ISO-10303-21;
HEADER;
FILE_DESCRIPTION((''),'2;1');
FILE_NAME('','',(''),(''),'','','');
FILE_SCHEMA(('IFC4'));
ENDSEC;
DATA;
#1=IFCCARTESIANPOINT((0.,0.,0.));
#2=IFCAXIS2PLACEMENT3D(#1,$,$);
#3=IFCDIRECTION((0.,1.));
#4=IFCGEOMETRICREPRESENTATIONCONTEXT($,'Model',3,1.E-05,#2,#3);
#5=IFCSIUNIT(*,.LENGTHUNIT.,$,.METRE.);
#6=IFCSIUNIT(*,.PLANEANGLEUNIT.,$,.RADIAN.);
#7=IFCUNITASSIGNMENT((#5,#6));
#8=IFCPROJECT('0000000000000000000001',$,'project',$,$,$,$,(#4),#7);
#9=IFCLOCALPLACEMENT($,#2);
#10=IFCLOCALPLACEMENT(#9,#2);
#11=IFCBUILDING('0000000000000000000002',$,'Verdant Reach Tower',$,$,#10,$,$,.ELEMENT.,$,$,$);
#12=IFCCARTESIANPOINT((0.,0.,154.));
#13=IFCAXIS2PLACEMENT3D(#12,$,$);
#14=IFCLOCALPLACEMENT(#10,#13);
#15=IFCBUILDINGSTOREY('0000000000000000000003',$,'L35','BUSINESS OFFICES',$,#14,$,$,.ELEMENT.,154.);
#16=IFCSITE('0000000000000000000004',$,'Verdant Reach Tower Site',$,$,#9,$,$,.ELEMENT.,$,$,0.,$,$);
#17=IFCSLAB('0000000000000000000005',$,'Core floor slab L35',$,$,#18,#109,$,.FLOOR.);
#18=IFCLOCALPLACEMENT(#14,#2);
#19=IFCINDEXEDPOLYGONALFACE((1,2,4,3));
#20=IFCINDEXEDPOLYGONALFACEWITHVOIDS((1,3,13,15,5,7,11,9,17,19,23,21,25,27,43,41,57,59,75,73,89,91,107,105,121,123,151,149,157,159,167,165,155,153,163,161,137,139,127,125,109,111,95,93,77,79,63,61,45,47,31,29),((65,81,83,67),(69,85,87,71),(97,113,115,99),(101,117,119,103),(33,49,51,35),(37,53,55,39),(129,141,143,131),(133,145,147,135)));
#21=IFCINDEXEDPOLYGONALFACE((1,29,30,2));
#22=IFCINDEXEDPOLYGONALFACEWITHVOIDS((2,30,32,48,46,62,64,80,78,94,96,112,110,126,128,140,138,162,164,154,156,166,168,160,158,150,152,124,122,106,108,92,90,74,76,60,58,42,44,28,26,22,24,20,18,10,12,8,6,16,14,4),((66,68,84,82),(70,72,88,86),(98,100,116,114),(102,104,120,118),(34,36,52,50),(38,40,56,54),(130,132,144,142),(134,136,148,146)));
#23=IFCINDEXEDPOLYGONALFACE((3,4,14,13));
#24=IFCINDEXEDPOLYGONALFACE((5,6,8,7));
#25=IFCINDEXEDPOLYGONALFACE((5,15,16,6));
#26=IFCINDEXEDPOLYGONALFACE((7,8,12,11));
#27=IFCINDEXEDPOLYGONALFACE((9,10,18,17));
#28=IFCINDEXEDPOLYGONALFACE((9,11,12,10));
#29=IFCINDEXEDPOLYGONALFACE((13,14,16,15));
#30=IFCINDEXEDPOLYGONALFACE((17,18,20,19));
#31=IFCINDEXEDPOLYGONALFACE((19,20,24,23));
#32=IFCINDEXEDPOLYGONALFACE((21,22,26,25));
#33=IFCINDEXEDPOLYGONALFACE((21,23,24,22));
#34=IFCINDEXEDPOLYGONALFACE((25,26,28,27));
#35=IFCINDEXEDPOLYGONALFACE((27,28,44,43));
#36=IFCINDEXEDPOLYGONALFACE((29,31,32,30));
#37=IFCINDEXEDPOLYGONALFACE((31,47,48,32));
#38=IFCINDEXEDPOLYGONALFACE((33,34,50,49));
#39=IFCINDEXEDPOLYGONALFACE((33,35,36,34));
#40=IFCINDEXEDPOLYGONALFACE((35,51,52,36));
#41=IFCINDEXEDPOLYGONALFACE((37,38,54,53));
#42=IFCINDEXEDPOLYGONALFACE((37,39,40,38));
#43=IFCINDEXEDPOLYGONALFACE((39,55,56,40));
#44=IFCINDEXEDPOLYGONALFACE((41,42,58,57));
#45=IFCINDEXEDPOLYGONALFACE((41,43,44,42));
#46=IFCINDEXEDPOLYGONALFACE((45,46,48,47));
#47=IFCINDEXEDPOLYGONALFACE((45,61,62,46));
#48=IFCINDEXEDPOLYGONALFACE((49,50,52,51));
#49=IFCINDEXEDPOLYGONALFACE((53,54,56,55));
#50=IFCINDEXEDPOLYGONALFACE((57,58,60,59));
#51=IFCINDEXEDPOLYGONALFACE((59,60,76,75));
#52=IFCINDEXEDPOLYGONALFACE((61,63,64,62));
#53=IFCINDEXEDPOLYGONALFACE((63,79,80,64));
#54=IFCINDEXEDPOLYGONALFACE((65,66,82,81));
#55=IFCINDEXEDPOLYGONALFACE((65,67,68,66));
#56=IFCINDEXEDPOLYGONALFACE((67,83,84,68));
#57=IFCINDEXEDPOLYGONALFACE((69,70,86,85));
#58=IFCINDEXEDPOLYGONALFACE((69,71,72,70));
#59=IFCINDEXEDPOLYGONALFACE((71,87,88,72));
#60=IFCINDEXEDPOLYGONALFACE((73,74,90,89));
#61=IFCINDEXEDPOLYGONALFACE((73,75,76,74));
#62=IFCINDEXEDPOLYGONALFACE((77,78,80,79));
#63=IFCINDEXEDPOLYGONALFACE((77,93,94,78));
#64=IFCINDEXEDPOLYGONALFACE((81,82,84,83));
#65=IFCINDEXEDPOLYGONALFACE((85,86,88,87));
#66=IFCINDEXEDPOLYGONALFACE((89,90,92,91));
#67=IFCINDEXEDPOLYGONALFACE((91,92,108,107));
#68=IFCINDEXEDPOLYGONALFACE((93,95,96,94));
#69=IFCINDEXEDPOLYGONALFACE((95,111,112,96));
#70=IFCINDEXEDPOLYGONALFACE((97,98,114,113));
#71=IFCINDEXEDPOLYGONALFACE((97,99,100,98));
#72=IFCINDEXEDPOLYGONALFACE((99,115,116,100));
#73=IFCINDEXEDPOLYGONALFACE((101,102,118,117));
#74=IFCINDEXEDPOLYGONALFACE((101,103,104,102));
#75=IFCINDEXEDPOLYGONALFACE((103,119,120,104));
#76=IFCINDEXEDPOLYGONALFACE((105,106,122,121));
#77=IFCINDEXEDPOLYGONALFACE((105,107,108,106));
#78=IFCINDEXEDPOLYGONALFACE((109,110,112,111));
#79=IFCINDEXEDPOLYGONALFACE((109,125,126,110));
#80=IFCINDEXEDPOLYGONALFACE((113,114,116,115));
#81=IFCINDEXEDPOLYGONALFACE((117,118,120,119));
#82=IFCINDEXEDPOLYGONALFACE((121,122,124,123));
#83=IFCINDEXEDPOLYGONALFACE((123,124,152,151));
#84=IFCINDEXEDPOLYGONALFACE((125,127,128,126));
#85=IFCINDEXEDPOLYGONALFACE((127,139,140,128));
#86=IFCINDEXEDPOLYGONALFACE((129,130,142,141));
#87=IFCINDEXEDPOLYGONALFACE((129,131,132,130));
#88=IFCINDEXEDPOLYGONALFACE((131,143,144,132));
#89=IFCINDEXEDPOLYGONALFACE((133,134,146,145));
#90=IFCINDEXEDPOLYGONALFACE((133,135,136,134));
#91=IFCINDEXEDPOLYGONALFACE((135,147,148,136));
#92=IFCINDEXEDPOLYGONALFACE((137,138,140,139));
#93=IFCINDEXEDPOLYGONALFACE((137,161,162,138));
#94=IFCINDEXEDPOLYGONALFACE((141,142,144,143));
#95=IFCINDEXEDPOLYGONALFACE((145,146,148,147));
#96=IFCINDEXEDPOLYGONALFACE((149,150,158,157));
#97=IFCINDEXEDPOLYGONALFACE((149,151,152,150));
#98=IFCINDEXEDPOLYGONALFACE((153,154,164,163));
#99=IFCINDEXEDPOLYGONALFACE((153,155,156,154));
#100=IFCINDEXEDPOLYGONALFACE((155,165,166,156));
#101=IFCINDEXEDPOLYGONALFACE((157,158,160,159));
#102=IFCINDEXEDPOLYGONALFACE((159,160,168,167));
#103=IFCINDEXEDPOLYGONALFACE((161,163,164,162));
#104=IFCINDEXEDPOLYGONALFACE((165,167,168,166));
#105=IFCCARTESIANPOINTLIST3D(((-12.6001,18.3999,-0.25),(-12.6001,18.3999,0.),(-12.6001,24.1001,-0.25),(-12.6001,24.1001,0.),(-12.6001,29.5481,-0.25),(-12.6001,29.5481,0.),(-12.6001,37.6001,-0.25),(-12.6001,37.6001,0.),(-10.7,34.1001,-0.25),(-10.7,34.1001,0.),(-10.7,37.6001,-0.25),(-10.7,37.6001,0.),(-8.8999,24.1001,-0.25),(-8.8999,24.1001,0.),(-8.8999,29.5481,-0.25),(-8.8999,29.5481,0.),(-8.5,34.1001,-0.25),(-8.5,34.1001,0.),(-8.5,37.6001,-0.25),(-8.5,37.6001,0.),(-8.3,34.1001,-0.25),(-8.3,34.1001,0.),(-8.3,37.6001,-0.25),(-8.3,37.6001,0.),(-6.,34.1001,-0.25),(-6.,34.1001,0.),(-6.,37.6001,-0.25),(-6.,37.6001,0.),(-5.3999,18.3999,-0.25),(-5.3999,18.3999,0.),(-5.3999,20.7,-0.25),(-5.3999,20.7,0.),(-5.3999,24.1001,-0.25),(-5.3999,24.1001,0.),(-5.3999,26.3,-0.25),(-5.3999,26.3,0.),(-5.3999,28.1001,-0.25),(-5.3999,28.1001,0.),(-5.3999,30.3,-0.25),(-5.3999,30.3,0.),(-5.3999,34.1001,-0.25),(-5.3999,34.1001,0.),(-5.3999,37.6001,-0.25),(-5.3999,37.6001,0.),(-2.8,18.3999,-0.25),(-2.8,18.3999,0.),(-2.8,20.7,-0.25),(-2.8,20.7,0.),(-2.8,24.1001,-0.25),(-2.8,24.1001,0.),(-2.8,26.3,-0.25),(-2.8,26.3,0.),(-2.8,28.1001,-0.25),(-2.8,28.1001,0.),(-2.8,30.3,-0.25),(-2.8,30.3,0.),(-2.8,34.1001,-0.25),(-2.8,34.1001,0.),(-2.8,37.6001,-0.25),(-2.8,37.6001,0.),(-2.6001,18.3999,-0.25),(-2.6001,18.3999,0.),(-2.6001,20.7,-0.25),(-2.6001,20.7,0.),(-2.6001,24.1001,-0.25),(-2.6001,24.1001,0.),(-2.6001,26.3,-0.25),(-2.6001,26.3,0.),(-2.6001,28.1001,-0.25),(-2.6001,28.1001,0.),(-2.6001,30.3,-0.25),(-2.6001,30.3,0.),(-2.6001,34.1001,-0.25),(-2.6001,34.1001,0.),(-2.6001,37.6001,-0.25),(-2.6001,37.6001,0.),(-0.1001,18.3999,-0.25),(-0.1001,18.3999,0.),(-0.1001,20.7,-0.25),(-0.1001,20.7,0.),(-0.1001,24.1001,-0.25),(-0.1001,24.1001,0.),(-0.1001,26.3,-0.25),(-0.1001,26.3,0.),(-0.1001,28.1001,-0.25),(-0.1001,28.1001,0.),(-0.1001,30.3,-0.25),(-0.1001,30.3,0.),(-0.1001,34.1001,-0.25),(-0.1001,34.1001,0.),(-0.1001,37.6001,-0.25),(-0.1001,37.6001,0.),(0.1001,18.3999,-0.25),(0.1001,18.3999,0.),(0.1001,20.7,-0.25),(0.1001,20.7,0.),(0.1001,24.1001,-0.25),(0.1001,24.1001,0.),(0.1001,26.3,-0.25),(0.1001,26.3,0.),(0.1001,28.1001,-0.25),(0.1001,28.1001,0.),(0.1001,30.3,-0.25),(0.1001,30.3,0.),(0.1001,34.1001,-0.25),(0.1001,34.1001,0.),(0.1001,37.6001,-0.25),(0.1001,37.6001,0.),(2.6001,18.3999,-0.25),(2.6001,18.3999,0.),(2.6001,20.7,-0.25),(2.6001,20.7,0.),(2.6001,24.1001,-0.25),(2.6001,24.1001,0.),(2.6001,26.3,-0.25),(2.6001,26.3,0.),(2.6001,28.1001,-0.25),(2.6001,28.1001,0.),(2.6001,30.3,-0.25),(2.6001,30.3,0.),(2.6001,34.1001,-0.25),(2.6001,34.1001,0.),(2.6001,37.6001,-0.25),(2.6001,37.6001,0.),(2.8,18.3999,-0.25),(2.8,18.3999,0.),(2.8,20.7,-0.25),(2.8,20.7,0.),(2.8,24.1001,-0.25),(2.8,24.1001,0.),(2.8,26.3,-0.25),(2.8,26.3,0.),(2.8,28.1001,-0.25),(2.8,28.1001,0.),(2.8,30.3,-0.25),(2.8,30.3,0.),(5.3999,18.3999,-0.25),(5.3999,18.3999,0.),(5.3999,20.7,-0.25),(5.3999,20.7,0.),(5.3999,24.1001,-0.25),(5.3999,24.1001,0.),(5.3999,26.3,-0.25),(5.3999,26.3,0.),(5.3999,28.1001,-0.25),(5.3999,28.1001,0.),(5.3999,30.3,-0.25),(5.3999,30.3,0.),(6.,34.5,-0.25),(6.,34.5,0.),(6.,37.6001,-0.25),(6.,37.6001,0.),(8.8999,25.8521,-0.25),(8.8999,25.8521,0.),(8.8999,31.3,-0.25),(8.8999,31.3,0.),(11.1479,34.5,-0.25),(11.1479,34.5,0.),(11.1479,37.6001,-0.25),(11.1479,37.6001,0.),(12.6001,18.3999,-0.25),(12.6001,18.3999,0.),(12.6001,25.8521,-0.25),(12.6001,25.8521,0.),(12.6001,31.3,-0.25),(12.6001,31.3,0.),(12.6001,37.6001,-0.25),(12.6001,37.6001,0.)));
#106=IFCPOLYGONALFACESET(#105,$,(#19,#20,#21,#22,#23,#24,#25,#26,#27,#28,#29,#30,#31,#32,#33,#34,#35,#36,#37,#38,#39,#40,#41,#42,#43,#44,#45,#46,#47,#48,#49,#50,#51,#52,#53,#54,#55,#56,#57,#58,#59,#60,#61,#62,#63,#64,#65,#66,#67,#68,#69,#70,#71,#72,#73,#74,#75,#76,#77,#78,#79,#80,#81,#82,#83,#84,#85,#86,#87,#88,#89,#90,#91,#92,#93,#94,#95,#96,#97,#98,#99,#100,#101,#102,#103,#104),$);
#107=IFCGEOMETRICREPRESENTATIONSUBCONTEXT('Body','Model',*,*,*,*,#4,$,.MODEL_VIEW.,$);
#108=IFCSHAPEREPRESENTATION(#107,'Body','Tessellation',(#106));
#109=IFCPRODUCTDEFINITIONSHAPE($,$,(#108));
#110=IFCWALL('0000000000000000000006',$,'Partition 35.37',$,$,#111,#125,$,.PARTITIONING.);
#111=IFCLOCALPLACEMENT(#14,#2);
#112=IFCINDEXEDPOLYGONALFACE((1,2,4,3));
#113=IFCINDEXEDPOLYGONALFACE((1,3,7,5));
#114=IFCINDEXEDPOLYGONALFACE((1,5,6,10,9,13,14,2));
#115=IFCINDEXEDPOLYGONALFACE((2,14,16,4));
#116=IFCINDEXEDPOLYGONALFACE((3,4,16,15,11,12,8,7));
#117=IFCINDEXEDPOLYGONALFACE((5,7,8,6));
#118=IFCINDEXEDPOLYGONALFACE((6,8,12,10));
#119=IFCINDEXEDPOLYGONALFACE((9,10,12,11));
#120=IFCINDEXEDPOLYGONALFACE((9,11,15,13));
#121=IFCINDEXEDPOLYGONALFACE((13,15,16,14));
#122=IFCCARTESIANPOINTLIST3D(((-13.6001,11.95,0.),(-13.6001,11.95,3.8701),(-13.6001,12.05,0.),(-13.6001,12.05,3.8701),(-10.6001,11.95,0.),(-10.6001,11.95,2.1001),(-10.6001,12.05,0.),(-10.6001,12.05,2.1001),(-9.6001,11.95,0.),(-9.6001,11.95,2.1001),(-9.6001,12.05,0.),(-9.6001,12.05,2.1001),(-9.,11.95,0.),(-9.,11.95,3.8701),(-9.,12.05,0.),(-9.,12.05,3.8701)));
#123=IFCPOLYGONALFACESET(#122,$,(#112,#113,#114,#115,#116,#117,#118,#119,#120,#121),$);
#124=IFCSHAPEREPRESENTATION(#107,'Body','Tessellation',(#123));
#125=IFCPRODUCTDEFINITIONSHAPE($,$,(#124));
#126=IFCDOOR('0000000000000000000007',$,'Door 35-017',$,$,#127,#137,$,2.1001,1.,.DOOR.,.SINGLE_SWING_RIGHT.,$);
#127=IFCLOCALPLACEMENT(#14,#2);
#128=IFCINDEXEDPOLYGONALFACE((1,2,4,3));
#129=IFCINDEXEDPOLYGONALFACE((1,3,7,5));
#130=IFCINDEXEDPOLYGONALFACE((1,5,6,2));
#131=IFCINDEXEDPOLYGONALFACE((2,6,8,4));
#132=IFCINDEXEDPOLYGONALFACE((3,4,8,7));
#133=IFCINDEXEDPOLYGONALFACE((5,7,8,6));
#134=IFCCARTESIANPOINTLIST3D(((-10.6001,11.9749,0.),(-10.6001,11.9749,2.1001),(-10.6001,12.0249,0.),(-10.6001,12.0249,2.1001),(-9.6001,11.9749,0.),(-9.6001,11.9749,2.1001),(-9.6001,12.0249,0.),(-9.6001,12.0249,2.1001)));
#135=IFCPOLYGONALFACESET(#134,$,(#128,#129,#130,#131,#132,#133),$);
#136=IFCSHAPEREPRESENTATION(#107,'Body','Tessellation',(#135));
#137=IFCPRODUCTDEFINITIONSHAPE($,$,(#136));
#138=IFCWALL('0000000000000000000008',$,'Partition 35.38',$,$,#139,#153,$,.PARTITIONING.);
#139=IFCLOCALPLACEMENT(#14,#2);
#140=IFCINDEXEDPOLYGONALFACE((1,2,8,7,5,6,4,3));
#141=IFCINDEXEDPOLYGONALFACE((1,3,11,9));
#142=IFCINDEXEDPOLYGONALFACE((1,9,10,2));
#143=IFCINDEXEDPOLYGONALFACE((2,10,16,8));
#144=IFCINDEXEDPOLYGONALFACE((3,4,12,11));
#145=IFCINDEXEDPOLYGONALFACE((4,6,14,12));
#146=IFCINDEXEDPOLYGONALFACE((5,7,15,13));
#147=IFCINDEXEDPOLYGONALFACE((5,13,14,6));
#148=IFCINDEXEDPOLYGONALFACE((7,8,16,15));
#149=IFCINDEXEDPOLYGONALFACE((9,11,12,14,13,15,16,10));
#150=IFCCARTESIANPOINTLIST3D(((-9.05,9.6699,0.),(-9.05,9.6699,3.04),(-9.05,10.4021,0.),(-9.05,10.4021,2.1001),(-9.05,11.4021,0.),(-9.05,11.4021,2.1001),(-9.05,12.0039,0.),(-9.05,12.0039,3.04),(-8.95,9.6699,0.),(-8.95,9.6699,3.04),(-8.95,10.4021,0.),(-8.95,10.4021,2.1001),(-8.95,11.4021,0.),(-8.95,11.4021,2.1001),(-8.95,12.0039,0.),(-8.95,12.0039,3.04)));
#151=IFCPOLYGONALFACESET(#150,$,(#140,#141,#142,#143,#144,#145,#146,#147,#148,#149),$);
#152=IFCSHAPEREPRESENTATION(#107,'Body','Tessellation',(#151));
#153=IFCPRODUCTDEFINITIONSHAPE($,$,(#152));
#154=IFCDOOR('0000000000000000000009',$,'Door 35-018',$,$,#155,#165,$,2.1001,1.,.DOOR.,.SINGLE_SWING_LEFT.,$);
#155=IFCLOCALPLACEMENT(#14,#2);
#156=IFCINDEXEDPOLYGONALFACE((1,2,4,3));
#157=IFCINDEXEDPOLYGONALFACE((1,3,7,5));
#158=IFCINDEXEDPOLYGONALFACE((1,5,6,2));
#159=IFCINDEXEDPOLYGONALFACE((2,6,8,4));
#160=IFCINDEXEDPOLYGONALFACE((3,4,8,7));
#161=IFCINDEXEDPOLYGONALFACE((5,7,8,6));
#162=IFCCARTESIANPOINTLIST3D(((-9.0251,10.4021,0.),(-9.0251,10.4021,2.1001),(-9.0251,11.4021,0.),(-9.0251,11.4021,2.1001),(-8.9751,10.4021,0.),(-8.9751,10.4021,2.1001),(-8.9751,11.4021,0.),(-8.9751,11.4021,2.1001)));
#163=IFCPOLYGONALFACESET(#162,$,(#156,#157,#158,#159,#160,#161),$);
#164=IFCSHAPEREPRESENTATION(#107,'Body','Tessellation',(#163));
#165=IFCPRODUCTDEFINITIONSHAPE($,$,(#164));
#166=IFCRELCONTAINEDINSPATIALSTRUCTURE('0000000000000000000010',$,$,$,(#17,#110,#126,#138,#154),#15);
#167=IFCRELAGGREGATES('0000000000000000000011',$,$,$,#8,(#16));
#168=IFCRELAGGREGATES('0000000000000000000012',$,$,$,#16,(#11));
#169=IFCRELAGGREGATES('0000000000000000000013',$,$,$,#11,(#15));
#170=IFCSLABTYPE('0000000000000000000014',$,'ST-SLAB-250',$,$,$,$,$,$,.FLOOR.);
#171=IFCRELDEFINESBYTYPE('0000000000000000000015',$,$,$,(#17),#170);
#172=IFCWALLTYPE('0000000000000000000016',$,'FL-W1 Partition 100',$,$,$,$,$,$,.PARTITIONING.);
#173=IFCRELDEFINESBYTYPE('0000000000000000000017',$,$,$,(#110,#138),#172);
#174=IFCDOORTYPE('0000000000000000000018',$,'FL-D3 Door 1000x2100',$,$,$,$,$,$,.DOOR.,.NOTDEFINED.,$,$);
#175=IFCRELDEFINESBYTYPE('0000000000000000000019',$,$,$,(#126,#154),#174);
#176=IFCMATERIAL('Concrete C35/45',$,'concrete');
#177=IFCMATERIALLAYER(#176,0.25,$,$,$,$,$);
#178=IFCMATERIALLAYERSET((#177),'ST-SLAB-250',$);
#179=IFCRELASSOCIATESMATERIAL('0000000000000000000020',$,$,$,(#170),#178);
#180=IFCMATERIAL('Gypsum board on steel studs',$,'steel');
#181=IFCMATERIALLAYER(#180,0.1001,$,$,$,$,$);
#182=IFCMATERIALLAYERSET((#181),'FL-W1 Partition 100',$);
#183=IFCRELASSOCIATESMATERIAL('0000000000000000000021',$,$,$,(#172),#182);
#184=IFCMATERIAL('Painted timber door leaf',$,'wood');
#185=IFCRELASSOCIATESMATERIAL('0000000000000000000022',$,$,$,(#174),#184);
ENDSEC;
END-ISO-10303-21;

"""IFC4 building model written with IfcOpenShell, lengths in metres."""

from ifc_helpers import new_model, si_unit, direction, frame, frame_2d, origin, place, context, subcontext, project, spatial, polyline, rectangle, outline, extrude, material, layer, layer_set, type_object, element, fill, save


model = new_model("IFC4")

# Units and contexts
model_context = context("Model", 3, precision=1e-05, world=origin(), true_north=direction((0.0, 1.0)))
body_context = subcontext(model_context, "Body", "Model", "MODEL_VIEW")
ifc_project = project(units=[si_unit("LENGTHUNIT", "METRE"), si_unit("PLANEANGLEUNIT", "RADIAN")], contexts=[model_context])

# Site, building, storey
site_placement = place(None, origin())
site = spatial("IfcSite", under=ifc_project, at=site_placement, Name="Verdant Reach Tower Site", CompositionType="ELEMENT", RefElevation=0.0)
building_placement = place(site_placement, origin())
building = spatial("IfcBuilding", under=site, at=building_placement, Name="Verdant Reach Tower", CompositionType="ELEMENT")
storey_placement = place(building_placement, frame((0.0, 0.0, 154.0)))
storey = spatial("IfcBuildingStorey", under=building, at=storey_placement, Name="L35", Description="BUSINESS OFFICES", CompositionType="ELEMENT", Elevation=154.0)

# Slab
ifc_material_1 = material(Name="Concrete C35/45", Category="concrete")
ifc_layer_1 = layer(ifc_material_1, 0.25)
ifc_layer_set_1 = layer_set([ifc_layer_1], Name="ST-SLAB-250")
slab_type_1 = type_object("IfcSlabType", Name="ST-SLAB-250", PredefinedType="FLOOR", material=ifc_layer_set_1)
slab_1_placement = place(storey_placement, frame((0.0, 0.0, -0.25)))
element("IfcSlab", 1, at=slab_1_placement, inside=storey, type_object=slab_type_1, Name="Core floor slab L35", PredefinedType="FLOOR", context=body_context, shape_type="SweptSolid", body=[
    extrude(outline(polyline([(12.6001, 18.3999), (5.3999, 18.3999), (5.3999, 20.7), (2.8, 20.7), (2.8, 18.3999), (2.6001, 18.3999), (2.6001, 20.7), (0.1001, 20.7), (0.1001, 18.3999), (-0.1001, 18.3999), (-0.1001, 20.7), (-2.6001, 20.7), (-2.6001, 18.3999), (-2.8, 18.3999), (-2.8, 20.7), (-5.3999, 20.7), (-5.3999, 18.3999), (-12.6001, 18.3999), (-12.6001, 24.1001), (-8.8999, 24.1001), (-8.8999, 29.5481), (-12.6001, 29.5481), (-12.6001, 37.6001), (-10.7, 37.6001), (-10.7, 34.1001), (-8.5, 34.1001), (-8.5, 37.6001), (-8.3, 37.6001), (-8.3, 34.1001), (-6.0, 34.1001), (-6.0, 37.6001), (-5.3999, 37.6001), (-5.3999, 34.1001), (-2.8, 34.1001), (-2.8, 37.6001), (-2.6001, 37.6001), (-2.6001, 34.1001), (-0.1001, 34.1001), (-0.1001, 37.6001), (0.1001, 37.6001), (0.1001, 34.1001), (2.6001, 34.1001), (2.6001, 37.6001), (6.0, 37.6001), (6.0, 34.5), (11.1479, 34.5), (11.1479, 37.6001), (12.6001, 37.6001), (12.6001, 31.3), (8.8999, 31.3), (8.8999, 25.8521), (12.6001, 25.8521), (12.6001, 18.3999)]), holes=[polyline([(-2.8, 24.1001), (-2.8, 26.3), (-5.3999, 26.3), (-5.3999, 24.1001), (-2.8, 24.1001)]), polyline([(-2.6001, 24.1001), (-0.1001, 24.1001), (-0.1001, 26.3), (-2.6001, 26.3), (-2.6001, 24.1001)]), polyline([(-2.8, 28.1001), (-2.8, 30.3), (-5.3999, 30.3), (-5.3999, 28.1001), (-2.8, 28.1001)]), polyline([(-0.1001, 28.1001), (-0.1001, 30.3), (-2.6001, 30.3), (-2.6001, 28.1001), (-0.1001, 28.1001)]), polyline([(2.6001, 24.1001), (2.6001, 26.3), (0.1001, 26.3), (0.1001, 24.1001), (2.6001, 24.1001)]), polyline([(2.8, 24.1001), (5.3999, 24.1001), (5.3999, 26.3), (2.8, 26.3), (2.8, 24.1001)]), polyline([(2.6001, 28.1001), (2.6001, 30.3), (0.1001, 30.3), (0.1001, 28.1001), (2.6001, 28.1001)]), polyline([(5.3999, 28.1001), (5.3999, 30.3), (2.8, 30.3), (2.8, 28.1001), (5.3999, 28.1001)])]), origin(), (0.0, 0.0, 1.0), 0.25),
])

# Walls, openings, doors
ifc_material_2 = material(Name="Gypsum board on steel studs", Category="steel")
ifc_layer_2 = layer(ifc_material_2, 0.1001)
ifc_layer_set_2 = layer_set([ifc_layer_2], Name="FL-W1 Partition 100")
wall_type_1 = type_object("IfcWallType", Name="FL-W1 Partition 100", PredefinedType="PARTITIONING", material=ifc_layer_set_2)
wall_1_placement = place(storey_placement, frame((-13.6001, 12.0, 0.0), z_axis=(0.0, 0.0, 1.0), x_axis=(1.0, 0.0, 0.0)))
wall_1 = element("IfcWall", 2, at=wall_1_placement, inside=storey, type_object=wall_type_1, Name="Partition 35.37", PredefinedType="PARTITIONING", context=body_context, shape_type="SweptSolid", body=[
    extrude(rectangle(XDim=4.6001, YDim=0.1001, at=frame_2d((2.3, 0.0))), origin(), (0.0, 0.0, 1.0), 3.8701),
])
opening_1_placement = place(wall_1_placement, frame((3.0, 0.0, 0.0)))
opening_1 = element("IfcOpeningElement", 3, at=opening_1_placement, cuts=wall_1, PredefinedType="OPENING", context=body_context, shape_type="SweptSolid", body=[
    extrude(rectangle(XDim=1.0, YDim=2.1001, at=frame_2d((0.5, 1.05))), frame((0.0, 0.0601, 0.0), z_axis=(0.0, -1.0, 0.0), x_axis=(1.0, 0.0, 0.0)), (0.0, 0.0, 1.0), 0.1201),
])
ifc_material_3 = material(Name="Painted timber door leaf", Category="wood")
door_type = type_object("IfcDoorType", Name="FL-D3 Door 1000x2100", OperationType="NOTDEFINED", PredefinedType="DOOR", material=ifc_material_3)
door_1_placement = place(opening_1_placement, origin())
door_1 = element("IfcDoor", 4, at=door_1_placement, inside=storey, type_object=door_type, Name="Door 35-017", OperationType="SINGLE_SWING_RIGHT", OverallHeight=2.1001, OverallWidth=1.0, PredefinedType="DOOR", context=body_context, shape_type="SweptSolid", body=[
    extrude(rectangle(XDim=1.0, YDim=2.1001, at=frame_2d((0.5, 1.05))), frame((0.0, 0.0249, 0.0), z_axis=(0.0, -1.0, 0.0), x_axis=(1.0, 0.0, 0.0)), (0.0, 0.0, 1.0), 0.05),
])
fill(opening_1, door_1)
wall_2_placement = place(storey_placement, frame((-9.0, 12.0039, 0.0), z_axis=(0.0, 0.0, 1.0), x_axis=(0.0, -1.0, 0.0)))
wall_2 = element("IfcWall", 5, at=wall_2_placement, inside=storey, type_object=wall_type_1, Name="Partition 35.38", PredefinedType="PARTITIONING", context=body_context, shape_type="SweptSolid", body=[
    extrude(rectangle(XDim=2.334, YDim=0.1001, at=frame_2d((1.167, 0.0))), origin(), (0.0, 0.0, 1.0), 3.04),
])
opening_2_placement = place(wall_2_placement, frame((0.6018, 0.0, 0.0)))
opening_2 = element("IfcOpeningElement", 6, at=opening_2_placement, cuts=wall_2, PredefinedType="OPENING", context=body_context, shape_type="SweptSolid", body=[
    extrude(rectangle(XDim=1.0, YDim=2.1001, at=frame_2d((0.5, 1.05))), frame((0.0, 0.0601, 0.0), z_axis=(0.0, -1.0, 0.0), x_axis=(1.0, 0.0, 0.0)), (0.0, 0.0, 1.0), 0.1201),
])
door_2_placement = place(opening_2_placement, origin())
door_2 = element("IfcDoor", 7, at=door_2_placement, inside=storey, type_object=door_type, Name="Door 35-018", OperationType="SINGLE_SWING_LEFT", OverallHeight=2.1001, OverallWidth=1.0, PredefinedType="DOOR", context=body_context, shape_type="SweptSolid", body=[
    extrude(rectangle(XDim=1.0, YDim=2.1001, at=frame_2d((0.5, 1.05))), frame((0.0, 0.0249, 0.0), z_axis=(0.0, -1.0, 0.0), x_axis=(1.0, 0.0, 0.0)), (0.0, 0.0, 1.0), 0.05),
])
fill(opening_2, door_2)

save(model, "model.ifc")
